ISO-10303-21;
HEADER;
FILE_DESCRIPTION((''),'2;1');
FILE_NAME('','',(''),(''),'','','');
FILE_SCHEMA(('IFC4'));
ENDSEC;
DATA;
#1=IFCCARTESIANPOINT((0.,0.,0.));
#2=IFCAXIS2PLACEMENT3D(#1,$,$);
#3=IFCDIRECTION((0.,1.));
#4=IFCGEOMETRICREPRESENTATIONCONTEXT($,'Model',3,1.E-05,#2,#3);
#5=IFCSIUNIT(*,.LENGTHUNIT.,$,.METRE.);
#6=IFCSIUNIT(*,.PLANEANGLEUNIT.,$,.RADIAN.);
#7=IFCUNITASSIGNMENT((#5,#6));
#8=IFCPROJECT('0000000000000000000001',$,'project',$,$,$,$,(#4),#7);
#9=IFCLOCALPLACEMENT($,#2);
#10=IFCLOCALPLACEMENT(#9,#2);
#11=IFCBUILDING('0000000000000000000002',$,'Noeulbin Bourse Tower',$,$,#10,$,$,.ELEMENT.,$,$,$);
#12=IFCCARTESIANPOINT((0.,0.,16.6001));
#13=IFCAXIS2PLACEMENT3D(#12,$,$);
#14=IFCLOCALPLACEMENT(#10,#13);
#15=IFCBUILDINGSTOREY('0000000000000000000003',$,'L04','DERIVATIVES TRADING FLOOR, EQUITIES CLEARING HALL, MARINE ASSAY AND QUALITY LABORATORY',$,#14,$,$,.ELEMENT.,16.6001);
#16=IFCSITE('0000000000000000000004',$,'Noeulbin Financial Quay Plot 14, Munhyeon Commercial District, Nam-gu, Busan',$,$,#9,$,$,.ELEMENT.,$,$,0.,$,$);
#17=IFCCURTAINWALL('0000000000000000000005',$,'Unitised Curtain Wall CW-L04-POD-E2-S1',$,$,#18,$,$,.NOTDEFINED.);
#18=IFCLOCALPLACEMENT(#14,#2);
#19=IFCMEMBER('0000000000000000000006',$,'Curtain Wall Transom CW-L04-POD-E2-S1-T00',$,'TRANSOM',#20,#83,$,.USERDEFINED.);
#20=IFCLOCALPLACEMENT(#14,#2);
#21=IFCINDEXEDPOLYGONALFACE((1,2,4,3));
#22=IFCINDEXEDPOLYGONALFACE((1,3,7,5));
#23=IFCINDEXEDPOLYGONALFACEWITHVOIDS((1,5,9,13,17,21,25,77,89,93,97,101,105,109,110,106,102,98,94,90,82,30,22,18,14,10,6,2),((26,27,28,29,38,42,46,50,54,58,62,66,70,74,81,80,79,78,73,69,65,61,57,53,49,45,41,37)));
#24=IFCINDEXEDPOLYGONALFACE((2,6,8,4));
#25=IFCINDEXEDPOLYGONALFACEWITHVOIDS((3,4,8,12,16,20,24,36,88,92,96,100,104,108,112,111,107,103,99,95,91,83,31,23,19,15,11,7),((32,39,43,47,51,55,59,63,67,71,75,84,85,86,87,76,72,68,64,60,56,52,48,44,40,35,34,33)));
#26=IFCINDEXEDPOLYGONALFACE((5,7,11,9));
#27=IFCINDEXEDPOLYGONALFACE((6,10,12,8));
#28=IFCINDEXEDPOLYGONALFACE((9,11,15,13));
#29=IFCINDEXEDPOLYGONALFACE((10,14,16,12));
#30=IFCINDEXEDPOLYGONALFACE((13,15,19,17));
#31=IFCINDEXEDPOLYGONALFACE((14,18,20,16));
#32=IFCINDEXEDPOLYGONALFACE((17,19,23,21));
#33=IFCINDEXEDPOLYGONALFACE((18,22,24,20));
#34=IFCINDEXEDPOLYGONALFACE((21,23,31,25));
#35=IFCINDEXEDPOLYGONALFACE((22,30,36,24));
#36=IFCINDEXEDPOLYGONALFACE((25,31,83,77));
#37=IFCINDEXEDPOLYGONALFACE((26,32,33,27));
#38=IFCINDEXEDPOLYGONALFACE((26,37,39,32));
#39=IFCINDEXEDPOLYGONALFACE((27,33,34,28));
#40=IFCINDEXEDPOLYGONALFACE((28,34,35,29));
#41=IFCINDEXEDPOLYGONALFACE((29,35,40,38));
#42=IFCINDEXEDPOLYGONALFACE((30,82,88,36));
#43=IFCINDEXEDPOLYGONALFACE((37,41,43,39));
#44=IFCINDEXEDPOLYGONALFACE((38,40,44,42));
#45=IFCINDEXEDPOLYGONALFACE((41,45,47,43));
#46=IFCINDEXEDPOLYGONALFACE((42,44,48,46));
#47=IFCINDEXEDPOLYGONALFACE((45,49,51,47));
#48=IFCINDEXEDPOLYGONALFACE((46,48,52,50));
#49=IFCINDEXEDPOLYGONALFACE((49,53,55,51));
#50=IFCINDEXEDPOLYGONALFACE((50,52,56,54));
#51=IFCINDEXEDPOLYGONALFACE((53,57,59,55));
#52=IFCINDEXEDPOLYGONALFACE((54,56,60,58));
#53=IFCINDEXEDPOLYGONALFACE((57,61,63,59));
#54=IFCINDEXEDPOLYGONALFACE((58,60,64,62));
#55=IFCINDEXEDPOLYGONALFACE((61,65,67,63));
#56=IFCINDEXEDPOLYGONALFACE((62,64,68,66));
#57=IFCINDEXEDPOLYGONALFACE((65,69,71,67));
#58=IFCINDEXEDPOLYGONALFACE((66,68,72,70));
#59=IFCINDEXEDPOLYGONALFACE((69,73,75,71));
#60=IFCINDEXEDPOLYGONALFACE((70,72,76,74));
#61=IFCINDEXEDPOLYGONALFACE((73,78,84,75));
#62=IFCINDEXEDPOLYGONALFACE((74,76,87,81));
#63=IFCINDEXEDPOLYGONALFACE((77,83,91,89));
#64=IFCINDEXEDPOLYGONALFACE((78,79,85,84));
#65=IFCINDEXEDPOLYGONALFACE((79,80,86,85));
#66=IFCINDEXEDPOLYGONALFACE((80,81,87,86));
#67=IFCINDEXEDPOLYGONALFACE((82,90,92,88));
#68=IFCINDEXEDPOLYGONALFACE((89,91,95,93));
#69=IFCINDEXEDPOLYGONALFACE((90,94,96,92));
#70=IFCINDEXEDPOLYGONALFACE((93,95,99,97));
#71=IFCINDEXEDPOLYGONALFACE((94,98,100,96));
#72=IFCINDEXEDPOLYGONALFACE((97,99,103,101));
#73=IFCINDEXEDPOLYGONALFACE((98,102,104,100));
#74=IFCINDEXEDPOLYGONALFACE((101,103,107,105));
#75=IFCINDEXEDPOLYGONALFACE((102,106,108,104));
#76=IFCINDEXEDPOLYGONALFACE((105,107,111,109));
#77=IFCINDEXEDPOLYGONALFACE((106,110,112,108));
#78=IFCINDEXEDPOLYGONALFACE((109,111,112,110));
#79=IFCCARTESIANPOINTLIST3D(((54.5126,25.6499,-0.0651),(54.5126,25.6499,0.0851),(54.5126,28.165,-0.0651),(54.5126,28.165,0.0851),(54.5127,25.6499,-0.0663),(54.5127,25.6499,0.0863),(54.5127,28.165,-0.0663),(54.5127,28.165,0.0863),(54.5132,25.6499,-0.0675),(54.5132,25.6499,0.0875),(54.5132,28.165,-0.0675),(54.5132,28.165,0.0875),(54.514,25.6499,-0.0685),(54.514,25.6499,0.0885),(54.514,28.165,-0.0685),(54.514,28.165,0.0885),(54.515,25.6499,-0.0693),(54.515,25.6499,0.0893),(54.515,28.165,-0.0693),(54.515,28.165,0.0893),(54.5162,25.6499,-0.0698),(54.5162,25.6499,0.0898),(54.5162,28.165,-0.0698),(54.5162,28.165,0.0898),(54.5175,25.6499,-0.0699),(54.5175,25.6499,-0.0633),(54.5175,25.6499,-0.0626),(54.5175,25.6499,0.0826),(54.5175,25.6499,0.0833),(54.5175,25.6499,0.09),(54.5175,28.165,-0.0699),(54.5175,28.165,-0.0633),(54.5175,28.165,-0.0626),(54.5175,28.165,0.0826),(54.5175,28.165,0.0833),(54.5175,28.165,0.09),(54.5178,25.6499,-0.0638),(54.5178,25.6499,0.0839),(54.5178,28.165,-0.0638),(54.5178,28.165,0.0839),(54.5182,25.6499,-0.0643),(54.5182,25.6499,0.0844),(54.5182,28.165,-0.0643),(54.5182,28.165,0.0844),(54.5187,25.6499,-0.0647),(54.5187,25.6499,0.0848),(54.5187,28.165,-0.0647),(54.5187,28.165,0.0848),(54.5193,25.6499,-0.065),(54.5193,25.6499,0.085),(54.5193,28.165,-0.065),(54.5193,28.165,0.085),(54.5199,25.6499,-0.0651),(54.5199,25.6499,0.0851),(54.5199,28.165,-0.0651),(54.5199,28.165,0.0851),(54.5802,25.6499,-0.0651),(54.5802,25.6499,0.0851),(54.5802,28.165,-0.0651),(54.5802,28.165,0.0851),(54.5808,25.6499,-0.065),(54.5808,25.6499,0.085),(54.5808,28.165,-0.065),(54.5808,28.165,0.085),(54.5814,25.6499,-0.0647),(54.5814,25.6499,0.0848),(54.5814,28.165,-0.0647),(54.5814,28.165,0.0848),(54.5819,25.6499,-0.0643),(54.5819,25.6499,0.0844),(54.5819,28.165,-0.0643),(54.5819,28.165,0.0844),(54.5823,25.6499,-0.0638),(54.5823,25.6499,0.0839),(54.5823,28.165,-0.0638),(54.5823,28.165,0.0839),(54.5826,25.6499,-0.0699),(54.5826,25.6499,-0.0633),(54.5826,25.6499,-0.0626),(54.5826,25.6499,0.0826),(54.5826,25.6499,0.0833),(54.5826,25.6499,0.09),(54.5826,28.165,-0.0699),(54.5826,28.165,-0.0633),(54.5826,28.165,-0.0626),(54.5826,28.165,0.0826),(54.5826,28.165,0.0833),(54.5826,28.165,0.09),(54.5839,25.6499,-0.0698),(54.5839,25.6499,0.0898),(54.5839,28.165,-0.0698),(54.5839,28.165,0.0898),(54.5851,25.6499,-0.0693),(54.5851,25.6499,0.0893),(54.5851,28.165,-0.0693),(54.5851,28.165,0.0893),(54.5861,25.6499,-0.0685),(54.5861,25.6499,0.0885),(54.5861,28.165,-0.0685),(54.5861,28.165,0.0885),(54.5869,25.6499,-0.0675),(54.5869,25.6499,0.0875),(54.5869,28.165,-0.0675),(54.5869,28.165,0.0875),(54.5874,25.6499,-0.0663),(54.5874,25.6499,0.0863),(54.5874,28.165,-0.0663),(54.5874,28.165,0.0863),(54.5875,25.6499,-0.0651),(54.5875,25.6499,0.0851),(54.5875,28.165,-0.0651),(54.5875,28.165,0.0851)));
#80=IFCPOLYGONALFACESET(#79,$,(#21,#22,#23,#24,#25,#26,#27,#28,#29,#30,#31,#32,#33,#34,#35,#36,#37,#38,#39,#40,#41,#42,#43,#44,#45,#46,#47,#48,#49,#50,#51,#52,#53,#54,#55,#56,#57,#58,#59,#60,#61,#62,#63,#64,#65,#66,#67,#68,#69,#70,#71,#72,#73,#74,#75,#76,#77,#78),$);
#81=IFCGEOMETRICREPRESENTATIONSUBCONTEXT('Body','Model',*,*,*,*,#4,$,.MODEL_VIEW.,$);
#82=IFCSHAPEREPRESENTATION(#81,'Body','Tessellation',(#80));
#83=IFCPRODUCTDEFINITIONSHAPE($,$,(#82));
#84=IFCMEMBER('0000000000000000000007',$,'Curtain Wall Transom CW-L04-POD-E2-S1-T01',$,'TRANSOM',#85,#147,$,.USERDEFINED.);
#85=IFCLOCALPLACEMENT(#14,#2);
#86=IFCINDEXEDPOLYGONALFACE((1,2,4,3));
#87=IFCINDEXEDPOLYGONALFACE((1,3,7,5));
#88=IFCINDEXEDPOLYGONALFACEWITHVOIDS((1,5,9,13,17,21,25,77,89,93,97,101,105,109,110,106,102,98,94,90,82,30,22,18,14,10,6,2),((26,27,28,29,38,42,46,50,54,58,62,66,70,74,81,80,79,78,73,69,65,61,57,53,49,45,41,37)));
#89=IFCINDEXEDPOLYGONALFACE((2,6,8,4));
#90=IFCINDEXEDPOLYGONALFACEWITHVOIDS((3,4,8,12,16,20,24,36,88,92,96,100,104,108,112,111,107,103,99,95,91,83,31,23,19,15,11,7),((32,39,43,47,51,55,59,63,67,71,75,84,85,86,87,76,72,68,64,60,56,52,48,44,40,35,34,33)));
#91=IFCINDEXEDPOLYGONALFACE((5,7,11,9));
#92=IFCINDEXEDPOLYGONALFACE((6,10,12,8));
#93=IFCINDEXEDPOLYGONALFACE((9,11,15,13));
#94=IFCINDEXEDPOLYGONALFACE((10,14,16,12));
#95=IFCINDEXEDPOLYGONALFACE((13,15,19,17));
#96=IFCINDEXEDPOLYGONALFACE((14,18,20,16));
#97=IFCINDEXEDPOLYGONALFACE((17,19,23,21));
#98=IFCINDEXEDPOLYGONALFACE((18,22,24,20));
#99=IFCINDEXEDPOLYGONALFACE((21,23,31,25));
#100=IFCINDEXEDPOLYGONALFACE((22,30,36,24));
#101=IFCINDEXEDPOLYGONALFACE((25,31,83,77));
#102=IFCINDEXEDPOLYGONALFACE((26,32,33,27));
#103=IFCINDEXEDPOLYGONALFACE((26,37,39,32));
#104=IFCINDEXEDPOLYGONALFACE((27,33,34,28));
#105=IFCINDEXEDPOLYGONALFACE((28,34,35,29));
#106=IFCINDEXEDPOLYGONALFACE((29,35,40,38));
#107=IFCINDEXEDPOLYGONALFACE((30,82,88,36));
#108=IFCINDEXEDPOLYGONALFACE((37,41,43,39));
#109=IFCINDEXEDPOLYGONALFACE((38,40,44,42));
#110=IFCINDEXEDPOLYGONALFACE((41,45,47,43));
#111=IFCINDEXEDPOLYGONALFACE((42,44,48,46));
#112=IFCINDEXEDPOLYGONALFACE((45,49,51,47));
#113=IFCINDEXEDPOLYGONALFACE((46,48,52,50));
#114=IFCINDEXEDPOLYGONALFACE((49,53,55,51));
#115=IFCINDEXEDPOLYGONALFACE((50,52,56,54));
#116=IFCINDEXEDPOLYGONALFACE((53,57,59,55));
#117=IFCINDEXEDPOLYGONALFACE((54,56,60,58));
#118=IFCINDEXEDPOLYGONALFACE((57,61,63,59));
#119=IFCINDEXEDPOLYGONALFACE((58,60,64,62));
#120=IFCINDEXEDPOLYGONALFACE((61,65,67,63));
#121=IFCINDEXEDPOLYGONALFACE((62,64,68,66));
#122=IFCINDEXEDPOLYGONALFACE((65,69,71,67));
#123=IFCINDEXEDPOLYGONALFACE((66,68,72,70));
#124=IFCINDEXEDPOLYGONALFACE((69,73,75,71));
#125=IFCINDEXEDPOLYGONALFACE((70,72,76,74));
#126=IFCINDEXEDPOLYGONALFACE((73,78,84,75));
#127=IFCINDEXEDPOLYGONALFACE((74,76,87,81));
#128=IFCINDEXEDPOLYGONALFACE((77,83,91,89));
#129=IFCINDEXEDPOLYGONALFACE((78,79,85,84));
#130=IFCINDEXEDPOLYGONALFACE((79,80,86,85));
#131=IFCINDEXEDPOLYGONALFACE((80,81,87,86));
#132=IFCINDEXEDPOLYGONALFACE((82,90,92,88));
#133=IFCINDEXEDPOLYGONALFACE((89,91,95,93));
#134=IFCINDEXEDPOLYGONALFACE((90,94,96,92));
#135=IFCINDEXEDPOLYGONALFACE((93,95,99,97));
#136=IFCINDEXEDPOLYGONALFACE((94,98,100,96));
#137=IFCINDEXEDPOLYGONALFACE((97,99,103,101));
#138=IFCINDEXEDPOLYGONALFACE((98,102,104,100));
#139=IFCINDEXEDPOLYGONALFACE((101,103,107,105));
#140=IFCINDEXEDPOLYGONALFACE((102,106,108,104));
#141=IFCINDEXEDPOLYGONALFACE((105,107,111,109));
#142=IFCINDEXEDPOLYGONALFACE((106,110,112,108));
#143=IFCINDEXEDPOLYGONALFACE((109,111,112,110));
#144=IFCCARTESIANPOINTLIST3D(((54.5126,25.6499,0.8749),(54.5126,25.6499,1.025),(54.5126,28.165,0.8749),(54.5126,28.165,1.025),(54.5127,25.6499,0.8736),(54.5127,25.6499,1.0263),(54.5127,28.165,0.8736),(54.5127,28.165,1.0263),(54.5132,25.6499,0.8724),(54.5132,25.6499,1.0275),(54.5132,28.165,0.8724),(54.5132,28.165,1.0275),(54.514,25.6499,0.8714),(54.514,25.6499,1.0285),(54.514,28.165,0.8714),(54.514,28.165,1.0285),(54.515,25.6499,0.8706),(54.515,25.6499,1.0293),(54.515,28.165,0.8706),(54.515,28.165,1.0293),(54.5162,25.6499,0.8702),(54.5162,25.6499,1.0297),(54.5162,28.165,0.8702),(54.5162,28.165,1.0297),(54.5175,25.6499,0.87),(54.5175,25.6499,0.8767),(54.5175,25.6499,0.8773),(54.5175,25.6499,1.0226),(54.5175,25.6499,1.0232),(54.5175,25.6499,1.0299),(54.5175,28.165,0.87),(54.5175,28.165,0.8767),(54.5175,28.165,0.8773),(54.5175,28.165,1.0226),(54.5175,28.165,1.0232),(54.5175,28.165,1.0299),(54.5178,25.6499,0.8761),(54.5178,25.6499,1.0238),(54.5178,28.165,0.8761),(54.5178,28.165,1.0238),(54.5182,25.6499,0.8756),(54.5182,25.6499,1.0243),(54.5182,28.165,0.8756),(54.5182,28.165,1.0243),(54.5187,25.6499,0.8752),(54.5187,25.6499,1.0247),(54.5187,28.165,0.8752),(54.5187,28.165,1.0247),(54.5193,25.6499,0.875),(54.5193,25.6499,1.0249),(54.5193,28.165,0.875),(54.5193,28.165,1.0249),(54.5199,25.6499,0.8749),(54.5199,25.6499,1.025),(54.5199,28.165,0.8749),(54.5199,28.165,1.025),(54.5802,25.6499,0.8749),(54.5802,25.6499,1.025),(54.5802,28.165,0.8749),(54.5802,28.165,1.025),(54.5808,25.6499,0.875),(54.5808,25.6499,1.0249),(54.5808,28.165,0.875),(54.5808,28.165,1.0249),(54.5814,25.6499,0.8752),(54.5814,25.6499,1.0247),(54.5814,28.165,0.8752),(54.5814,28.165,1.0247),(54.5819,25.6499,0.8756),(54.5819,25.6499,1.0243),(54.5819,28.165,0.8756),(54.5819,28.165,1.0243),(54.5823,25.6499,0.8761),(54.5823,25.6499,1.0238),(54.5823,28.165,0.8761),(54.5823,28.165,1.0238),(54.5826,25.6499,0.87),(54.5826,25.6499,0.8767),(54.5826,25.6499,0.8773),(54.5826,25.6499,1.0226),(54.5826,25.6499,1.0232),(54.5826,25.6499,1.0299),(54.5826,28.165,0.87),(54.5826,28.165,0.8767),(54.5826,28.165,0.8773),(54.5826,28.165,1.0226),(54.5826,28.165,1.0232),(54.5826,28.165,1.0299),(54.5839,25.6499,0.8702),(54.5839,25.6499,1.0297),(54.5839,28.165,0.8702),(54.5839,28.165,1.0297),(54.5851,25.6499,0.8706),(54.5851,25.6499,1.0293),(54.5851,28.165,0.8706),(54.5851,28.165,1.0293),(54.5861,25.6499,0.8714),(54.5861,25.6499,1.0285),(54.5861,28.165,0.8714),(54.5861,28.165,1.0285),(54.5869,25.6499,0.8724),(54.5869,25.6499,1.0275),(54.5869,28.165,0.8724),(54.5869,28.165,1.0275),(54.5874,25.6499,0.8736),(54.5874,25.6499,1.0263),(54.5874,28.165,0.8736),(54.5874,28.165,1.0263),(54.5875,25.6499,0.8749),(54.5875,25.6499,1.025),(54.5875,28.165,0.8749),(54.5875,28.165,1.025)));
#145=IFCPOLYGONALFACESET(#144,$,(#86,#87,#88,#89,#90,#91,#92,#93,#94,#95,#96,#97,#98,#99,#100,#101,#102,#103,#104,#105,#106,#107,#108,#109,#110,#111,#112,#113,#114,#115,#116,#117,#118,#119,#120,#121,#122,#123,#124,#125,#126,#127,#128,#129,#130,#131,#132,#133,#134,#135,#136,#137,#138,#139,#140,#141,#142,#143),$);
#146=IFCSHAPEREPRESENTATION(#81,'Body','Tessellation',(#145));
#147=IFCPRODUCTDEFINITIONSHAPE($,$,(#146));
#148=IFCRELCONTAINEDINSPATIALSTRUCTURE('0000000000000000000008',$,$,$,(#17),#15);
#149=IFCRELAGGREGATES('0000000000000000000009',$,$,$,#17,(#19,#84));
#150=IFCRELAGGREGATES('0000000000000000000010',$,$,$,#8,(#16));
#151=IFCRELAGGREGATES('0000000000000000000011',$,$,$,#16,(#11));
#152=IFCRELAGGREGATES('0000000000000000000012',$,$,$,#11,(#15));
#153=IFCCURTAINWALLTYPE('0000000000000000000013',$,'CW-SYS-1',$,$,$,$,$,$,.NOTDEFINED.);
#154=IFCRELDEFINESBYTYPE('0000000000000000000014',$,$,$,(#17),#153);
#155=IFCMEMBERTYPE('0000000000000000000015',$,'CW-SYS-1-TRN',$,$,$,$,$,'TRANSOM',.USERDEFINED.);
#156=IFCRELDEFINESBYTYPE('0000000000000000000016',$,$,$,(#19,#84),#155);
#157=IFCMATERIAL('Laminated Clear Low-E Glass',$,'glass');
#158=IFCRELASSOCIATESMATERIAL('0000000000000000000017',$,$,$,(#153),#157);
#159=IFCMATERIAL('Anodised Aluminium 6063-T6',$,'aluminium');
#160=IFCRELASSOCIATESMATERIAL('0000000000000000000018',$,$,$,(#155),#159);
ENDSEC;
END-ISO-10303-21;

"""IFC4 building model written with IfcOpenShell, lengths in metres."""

from ifc_helpers import new_model, si_unit, direction, frame, origin, origin_2d, place, context, subcontext, project, spatial, hollow_rectangle, extrude, material, material_profile, profile_set, type_object, element, aggregate, save


model = new_model("IFC4")

# Units and contexts
model_context = context("Model", 3, precision=1e-05, world=origin(), true_north=direction((0.0, 1.0)))
body_context = subcontext(model_context, "Body", "Model", "MODEL_VIEW")
ifc_project = project(units=[si_unit("LENGTHUNIT", "METRE"), si_unit("PLANEANGLEUNIT", "RADIAN")], contexts=[model_context])

# Site, building, storey
site_placement = place(None, origin())
site = spatial("IfcSite", under=ifc_project, at=site_placement, Name="Noeulbin Financial Quay Plot 14, Munhyeon Commercial District, Nam-gu, Busan", CompositionType="ELEMENT", RefElevation=0.0)
building_placement = place(site_placement, origin())
building = spatial("IfcBuilding", under=site, at=building_placement, Name="Noeulbin Bourse Tower", CompositionType="ELEMENT")
storey_placement = place(building_placement, frame((0.0, 0.0, 16.6001)))
storey = spatial("IfcBuildingStorey", under=building, at=storey_placement, Name="L04", Description="DERIVATIVES TRADING FLOOR, EQUITIES CLEARING HALL, MARINE ASSAY AND QUALITY LABORATORY", CompositionType="ELEMENT", Elevation=16.6001)

# Curtain wall
ifc_material_1 = material(Name="Laminated Clear Low-E Glass", Category="glass")
curtain_wall_type = type_object("IfcCurtainWallType", Name="CW-SYS-1", PredefinedType="NOTDEFINED", material=ifc_material_1)
curtain_wall_1_placement = place(storey_placement, origin())
curtain_wall_1 = element("IfcCurtainWall", 1, at=curtain_wall_1_placement, inside=storey, type_object=curtain_wall_type, Name="Unitised Curtain Wall CW-L04-POD-E2-S1", PredefinedType="NOTDEFINED")
ifc_material_2 = material(Name="Anodised Aluminium 6063-T6", Category="aluminium")

# Members
ifc_material_profile_1 = material_profile(ifc_material_2, hollow_rectangle(XDim=0.075, YDim=0.1599, WallThickness=0.0049, InnerFilletRadius=0.0024, OuterFilletRadius=0.0049, at=origin_2d()), Name="ALU-TRAN-75x160x5", Category="LoadBearing")
ifc_profile_set_1 = profile_set([ifc_material_profile_1], Name="Anodised Aluminium 6063-T6")
member_type_1 = type_object("IfcMemberType", Name="CW-SYS-1-TRN", ElementType="TRANSOM", PredefinedType="USERDEFINED", material=ifc_profile_set_1)
member_1_placement = place(storey_placement, frame((54.55, 25.6499, 0.01), z_axis=(0.0, 1.0, 0.0), x_axis=(-1.0, 0.0, 0.0)))
member_1 = element("IfcMember", 2, at=member_1_placement, type_object=member_type_1, Name="Curtain Wall Transom CW-L04-POD-E2-S1-T00", ObjectType="TRANSOM", PredefinedType="USERDEFINED", context=body_context, shape_type="SweptSolid", body=[
    extrude(hollow_rectangle(XDim=0.075, YDim=0.1599, WallThickness=0.0049, InnerFilletRadius=0.0024, OuterFilletRadius=0.0049, at=origin_2d()), origin(), (0.0, 0.0, 1.0), 2.5151),
])
member_2_placement = place(storey_placement, frame((54.55, 25.6499, 0.95), z_axis=(0.0, 1.0, 0.0), x_axis=(-1.0, 0.0, 0.0)))
member_2 = element("IfcMember", 3, at=member_2_placement, type_object=member_type_1, Name="Curtain Wall Transom CW-L04-POD-E2-S1-T01", ObjectType="TRANSOM", PredefinedType="USERDEFINED", context=body_context, shape_type="SweptSolid", body=[
    extrude(hollow_rectangle(XDim=0.075, YDim=0.1599, WallThickness=0.0049, InnerFilletRadius=0.0024, OuterFilletRadius=0.0049, at=origin_2d()), origin(), (0.0, 0.0, 1.0), 2.5151),
])

aggregate(curtain_wall_1, [member_1, member_2])

save(model, "model.ifc")
